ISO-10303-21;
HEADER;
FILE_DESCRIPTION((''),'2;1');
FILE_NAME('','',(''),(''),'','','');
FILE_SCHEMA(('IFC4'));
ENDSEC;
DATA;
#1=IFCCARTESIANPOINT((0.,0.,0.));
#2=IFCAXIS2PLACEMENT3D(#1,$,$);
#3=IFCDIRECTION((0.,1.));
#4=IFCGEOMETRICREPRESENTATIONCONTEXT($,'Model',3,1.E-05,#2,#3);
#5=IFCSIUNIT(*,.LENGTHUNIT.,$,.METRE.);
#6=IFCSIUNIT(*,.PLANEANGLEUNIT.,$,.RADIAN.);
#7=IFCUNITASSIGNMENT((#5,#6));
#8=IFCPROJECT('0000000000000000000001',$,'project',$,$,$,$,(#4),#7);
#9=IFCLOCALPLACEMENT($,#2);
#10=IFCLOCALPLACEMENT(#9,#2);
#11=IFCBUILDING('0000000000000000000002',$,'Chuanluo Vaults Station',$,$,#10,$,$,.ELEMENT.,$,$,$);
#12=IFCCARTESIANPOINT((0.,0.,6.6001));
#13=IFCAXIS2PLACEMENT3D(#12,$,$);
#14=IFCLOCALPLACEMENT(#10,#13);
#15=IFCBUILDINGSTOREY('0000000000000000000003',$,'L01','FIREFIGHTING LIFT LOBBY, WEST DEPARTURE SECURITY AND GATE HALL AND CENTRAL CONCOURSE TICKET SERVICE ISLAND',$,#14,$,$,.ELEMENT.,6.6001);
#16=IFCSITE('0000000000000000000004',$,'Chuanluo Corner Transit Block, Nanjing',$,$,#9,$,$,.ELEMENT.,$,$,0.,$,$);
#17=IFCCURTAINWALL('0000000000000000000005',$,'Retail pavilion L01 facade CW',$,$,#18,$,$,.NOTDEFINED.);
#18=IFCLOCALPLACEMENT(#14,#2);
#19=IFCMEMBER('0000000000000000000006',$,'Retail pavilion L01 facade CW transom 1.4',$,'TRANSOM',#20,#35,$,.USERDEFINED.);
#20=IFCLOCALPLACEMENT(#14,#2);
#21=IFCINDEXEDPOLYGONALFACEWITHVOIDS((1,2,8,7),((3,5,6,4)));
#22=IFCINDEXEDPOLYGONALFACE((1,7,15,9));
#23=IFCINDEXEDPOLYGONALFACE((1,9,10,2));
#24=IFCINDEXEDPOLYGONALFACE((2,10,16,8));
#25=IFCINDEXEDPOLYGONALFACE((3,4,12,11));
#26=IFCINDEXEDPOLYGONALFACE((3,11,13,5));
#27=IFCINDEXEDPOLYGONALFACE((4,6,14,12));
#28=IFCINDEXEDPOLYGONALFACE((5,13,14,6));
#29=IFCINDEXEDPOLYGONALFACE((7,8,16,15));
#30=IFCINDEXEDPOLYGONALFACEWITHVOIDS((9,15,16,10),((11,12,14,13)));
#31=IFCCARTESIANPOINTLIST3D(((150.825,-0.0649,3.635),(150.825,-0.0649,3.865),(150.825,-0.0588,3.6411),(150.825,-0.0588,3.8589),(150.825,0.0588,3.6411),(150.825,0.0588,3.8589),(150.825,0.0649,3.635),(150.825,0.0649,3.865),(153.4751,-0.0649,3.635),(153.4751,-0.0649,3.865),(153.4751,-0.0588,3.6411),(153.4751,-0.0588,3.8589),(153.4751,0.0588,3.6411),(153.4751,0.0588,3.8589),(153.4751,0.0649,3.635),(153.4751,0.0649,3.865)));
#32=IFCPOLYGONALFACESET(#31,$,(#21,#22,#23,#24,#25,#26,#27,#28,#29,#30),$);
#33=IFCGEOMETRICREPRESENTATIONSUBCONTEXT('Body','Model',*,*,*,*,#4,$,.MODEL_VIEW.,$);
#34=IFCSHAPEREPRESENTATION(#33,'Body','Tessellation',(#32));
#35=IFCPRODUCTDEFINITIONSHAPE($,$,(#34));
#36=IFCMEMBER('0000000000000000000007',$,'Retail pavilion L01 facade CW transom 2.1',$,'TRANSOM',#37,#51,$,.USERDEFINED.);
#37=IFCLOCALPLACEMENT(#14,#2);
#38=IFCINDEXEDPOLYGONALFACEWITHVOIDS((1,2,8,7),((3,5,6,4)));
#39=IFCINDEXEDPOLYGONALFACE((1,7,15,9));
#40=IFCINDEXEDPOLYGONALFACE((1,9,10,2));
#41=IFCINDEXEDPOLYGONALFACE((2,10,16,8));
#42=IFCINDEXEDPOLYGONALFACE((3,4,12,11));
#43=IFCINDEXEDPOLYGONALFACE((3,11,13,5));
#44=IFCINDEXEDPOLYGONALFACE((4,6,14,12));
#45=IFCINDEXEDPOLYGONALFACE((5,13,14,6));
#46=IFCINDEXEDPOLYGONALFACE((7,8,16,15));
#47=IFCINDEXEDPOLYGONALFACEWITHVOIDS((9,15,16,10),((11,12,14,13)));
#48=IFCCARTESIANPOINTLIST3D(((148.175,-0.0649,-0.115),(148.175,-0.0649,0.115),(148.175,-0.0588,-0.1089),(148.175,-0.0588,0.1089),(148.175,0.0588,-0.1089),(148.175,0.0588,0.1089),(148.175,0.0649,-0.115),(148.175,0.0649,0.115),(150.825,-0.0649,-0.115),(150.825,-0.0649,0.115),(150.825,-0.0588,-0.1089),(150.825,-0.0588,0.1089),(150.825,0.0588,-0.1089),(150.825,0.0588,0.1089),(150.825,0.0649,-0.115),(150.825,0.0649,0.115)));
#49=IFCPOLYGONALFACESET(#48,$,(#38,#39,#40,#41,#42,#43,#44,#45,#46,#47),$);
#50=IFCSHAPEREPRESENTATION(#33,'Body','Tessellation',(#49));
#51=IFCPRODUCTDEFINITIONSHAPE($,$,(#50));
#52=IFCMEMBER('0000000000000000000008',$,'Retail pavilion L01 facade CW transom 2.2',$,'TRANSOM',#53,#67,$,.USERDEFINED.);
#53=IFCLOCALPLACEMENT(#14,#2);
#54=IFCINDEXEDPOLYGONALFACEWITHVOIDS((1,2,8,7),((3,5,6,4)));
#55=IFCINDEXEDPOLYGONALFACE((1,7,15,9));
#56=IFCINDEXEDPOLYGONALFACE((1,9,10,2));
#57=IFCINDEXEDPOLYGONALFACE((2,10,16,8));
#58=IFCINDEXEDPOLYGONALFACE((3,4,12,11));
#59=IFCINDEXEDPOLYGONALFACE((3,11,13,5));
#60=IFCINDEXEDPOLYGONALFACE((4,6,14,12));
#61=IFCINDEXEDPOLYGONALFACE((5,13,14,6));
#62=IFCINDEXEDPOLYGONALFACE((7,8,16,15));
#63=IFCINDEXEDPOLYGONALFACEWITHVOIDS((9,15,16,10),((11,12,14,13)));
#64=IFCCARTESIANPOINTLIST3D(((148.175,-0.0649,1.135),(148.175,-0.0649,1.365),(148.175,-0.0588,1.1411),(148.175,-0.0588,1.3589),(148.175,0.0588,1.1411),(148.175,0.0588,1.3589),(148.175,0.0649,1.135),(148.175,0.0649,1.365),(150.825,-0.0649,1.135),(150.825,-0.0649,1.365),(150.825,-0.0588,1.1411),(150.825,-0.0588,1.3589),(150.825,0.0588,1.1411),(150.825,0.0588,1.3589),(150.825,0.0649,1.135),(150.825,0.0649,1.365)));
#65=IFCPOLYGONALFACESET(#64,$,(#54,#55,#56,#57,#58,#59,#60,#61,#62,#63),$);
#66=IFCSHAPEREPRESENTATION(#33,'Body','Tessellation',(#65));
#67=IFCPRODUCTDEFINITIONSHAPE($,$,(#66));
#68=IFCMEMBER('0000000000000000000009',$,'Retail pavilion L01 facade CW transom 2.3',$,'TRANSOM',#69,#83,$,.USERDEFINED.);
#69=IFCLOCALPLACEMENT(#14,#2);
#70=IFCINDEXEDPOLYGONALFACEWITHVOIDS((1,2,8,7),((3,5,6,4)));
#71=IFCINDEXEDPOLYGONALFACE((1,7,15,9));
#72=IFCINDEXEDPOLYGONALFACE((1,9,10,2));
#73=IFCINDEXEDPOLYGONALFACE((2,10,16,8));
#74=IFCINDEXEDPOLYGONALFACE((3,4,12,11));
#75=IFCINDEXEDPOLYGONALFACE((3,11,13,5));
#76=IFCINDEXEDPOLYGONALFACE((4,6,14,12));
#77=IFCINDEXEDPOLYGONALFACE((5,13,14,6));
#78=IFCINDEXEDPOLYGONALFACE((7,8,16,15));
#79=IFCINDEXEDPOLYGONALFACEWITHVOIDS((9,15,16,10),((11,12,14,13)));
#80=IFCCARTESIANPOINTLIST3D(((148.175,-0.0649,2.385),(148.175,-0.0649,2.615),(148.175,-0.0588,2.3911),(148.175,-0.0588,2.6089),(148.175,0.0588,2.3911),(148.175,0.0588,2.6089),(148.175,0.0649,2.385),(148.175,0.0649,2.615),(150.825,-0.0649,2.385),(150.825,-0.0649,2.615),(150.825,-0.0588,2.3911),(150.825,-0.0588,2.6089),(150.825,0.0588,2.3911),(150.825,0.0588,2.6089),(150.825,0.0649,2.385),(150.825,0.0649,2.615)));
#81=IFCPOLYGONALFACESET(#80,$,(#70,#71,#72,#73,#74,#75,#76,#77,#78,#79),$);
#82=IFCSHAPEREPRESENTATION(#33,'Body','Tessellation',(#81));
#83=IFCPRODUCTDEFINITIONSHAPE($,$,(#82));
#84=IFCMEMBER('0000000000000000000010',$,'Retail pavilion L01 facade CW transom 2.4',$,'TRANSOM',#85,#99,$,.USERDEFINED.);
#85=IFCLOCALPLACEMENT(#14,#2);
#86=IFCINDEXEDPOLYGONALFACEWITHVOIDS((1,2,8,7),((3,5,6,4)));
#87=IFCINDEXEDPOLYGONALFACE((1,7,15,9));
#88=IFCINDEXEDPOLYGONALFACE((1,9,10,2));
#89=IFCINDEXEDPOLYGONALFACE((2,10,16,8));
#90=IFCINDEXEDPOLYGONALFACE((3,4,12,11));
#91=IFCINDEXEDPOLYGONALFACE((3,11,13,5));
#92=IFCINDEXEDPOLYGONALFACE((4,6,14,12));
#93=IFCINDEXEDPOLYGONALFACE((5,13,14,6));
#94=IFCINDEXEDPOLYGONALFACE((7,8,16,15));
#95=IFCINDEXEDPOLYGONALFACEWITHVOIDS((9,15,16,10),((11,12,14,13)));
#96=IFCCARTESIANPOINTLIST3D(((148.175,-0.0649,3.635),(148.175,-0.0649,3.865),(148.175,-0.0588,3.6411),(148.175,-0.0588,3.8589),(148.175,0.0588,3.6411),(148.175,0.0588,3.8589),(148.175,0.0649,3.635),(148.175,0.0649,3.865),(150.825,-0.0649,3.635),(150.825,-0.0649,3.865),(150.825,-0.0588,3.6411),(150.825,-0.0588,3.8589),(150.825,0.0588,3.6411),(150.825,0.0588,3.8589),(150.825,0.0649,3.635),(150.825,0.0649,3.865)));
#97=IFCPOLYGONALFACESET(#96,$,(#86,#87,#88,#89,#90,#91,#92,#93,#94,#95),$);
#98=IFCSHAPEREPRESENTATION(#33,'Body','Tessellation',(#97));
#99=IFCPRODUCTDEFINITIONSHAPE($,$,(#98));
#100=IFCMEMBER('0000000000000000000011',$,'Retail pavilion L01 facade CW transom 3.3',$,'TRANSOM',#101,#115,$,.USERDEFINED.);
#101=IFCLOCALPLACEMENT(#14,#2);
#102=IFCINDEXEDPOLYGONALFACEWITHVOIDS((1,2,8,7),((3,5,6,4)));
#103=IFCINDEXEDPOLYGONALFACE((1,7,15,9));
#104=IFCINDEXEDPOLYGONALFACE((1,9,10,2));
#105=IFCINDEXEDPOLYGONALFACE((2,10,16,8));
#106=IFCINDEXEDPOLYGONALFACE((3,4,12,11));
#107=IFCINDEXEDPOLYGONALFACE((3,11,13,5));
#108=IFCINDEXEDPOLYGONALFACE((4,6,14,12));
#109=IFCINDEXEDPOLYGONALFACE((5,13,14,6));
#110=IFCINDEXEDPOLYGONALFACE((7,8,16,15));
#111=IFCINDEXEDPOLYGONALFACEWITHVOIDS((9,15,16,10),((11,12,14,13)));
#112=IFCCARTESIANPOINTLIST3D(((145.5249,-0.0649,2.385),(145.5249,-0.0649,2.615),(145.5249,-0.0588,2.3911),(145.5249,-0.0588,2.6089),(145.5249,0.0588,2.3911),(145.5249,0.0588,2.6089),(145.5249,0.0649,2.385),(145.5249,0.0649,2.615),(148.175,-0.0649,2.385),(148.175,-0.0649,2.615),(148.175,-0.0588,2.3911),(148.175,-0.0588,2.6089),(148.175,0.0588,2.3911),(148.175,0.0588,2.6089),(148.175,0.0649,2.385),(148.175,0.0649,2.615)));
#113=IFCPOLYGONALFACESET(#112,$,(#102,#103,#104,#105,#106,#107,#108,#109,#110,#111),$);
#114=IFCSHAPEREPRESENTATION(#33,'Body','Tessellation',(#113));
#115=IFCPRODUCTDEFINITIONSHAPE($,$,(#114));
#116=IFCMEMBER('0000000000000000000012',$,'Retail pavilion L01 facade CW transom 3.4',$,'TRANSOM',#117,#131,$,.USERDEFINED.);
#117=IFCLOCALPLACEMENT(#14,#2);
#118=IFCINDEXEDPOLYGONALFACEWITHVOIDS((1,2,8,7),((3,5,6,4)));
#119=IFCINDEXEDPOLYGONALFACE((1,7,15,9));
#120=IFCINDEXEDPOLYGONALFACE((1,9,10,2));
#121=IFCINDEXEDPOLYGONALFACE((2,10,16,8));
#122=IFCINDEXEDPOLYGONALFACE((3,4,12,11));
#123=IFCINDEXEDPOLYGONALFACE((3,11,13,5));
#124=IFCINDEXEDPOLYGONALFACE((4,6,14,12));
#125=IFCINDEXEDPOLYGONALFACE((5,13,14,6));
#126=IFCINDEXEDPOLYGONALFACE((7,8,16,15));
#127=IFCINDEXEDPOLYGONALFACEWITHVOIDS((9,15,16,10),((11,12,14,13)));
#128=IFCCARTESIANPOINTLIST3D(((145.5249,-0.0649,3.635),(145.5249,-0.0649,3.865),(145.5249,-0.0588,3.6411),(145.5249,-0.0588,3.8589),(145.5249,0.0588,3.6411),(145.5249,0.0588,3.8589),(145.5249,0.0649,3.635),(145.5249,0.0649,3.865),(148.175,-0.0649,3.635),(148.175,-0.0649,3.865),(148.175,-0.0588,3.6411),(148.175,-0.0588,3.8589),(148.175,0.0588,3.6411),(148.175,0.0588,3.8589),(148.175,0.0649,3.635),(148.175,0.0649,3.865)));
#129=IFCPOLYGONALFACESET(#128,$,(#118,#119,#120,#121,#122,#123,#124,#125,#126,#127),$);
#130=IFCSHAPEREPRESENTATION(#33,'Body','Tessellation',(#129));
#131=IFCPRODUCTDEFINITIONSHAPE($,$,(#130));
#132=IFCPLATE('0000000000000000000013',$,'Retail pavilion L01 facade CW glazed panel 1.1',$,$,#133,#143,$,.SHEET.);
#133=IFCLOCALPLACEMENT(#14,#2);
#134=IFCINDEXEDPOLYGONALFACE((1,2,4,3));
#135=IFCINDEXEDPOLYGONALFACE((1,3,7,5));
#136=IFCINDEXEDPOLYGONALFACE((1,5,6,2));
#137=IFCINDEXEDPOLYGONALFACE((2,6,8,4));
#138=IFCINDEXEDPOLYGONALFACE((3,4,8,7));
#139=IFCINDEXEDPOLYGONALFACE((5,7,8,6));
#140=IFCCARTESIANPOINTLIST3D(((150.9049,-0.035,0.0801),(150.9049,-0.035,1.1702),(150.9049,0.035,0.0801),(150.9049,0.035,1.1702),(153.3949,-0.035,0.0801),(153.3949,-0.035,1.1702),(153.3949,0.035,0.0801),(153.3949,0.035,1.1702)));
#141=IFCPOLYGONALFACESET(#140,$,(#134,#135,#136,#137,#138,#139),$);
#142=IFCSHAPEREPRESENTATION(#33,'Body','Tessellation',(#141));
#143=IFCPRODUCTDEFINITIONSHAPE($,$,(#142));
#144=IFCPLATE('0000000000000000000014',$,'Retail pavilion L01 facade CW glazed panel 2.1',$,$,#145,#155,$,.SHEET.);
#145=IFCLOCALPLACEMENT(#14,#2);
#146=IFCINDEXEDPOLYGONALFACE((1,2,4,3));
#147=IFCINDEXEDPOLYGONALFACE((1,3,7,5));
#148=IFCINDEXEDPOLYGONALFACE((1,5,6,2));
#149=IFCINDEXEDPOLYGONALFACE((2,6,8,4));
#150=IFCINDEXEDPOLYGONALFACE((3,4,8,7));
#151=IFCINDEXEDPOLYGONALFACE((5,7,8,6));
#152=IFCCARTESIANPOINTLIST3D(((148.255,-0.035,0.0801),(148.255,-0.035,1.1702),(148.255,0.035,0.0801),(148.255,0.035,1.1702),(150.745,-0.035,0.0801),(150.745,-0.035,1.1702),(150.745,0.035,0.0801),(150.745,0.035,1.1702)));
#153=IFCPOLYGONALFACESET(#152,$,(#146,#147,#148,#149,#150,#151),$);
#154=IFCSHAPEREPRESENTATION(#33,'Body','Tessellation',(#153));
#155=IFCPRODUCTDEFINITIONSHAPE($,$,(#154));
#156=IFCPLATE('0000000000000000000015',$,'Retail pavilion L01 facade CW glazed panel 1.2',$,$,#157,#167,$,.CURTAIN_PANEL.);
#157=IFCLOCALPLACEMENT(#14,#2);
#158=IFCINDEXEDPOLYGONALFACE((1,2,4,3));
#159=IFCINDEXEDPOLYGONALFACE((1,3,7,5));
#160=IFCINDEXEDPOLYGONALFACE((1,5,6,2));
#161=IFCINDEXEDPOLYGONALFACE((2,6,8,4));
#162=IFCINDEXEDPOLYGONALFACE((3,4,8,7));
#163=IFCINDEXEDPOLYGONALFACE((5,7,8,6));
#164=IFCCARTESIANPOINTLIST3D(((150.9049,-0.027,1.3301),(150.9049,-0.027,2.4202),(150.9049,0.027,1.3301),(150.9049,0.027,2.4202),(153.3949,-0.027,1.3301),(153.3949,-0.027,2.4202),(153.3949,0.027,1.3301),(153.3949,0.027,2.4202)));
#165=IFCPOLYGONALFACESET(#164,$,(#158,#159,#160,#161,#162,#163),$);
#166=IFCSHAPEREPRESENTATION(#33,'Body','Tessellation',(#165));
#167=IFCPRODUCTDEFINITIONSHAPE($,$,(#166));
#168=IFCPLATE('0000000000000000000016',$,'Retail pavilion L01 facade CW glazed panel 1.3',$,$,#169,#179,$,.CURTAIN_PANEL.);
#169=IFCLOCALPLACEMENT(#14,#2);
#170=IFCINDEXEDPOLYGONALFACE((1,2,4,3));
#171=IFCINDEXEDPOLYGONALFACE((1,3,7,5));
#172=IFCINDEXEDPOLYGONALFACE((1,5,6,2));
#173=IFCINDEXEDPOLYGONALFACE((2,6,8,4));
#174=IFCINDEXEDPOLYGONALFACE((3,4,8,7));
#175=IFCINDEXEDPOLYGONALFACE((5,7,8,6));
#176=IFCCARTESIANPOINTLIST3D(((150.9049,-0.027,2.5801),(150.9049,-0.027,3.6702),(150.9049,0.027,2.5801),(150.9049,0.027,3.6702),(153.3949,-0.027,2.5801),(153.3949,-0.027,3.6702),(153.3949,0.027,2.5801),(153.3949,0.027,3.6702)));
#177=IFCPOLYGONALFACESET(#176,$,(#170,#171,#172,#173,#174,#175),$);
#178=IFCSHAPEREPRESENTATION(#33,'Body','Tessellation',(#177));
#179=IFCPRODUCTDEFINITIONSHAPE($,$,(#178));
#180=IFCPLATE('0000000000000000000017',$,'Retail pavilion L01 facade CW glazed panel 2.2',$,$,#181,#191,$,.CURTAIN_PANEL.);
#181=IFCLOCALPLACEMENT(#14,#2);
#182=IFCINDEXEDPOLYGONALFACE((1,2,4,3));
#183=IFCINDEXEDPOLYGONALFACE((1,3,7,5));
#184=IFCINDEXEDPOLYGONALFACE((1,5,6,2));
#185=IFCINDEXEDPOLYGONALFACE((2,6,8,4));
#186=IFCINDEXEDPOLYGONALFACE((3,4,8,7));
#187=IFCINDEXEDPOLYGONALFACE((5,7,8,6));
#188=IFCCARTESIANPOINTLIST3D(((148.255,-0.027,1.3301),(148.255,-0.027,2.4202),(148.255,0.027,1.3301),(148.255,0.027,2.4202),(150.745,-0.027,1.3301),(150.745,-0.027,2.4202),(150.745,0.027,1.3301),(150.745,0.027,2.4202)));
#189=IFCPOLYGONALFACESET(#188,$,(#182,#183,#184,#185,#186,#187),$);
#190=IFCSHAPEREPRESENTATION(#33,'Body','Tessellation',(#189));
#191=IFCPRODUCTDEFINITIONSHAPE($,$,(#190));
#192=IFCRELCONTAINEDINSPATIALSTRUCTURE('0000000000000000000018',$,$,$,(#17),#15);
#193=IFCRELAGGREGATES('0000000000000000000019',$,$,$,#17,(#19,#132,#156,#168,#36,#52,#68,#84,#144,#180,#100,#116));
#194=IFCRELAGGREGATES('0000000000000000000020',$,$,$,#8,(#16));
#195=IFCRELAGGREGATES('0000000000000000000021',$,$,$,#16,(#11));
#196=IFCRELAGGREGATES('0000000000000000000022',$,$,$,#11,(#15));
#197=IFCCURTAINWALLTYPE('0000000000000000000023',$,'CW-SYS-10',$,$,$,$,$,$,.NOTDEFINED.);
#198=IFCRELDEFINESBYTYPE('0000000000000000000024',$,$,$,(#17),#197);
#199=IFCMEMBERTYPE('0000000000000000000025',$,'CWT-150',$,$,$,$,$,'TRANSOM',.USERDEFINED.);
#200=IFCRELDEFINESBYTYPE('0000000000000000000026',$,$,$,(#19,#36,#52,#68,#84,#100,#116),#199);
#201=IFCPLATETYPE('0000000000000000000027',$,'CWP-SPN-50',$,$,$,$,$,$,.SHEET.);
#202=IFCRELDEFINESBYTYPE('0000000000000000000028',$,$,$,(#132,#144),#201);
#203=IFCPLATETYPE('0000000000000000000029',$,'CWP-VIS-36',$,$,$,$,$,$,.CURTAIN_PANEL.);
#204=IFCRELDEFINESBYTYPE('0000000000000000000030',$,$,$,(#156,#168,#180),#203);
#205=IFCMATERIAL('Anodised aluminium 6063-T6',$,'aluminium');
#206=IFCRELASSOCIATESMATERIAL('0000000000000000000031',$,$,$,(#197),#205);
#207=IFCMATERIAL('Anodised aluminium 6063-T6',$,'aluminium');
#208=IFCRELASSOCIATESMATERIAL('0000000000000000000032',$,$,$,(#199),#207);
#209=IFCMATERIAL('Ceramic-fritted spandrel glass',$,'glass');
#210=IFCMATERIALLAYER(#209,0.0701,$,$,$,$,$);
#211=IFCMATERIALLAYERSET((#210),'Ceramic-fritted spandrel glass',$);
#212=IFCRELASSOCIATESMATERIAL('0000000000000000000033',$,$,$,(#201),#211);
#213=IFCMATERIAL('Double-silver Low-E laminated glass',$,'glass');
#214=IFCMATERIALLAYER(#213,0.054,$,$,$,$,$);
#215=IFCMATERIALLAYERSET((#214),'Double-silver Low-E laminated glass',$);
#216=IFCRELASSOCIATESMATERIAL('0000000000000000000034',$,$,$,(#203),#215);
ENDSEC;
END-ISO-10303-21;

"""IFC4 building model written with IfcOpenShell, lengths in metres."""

from ifc_helpers import new_model, si_unit, direction, frame, origin, origin_2d, place, context, subcontext, project, spatial, rectangle, hollow_rectangle, extrude, material, layer, layer_set, material_profile, profile_set, type_object, element, aggregate, save


model = new_model("IFC4")

# Units and contexts
model_context = context("Model", 3, precision=1e-05, world=origin(), true_north=direction((0.0, 1.0)))
body_context = subcontext(model_context, "Body", "Model", "MODEL_VIEW")
ifc_project = project(units=[si_unit("LENGTHUNIT", "METRE"), si_unit("PLANEANGLEUNIT", "RADIAN")], contexts=[model_context])

# Site, building, storey
site_placement = place(None, origin())
site = spatial("IfcSite", under=ifc_project, at=site_placement, Name="Chuanluo Corner Transit Block, Nanjing", CompositionType="ELEMENT", RefElevation=0.0)
building_placement = place(site_placement, origin())
building = spatial("IfcBuilding", under=site, at=building_placement, Name="Chuanluo Vaults Station", CompositionType="ELEMENT")
storey_placement = place(building_placement, frame((0.0, 0.0, 6.6001)))
storey = spatial("IfcBuildingStorey", under=building, at=storey_placement, Name="L01", Description="FIREFIGHTING LIFT LOBBY, WEST DEPARTURE SECURITY AND GATE HALL AND CENTRAL CONCOURSE TICKET SERVICE ISLAND", CompositionType="ELEMENT", Elevation=6.6001)

# Curtain wall, members, plates
ifc_material_1 = material(Name="Anodised aluminium 6063-T6", Category="aluminium")
curtain_wall_type = type_object("IfcCurtainWallType", Name="CW-SYS-10", PredefinedType="NOTDEFINED", material=ifc_material_1)
curtain_wall_placement = place(storey_placement, origin())
curtain_wall = element("IfcCurtainWall", 1, at=curtain_wall_placement, inside=storey, type_object=curtain_wall_type, Name="Retail pavilion L01 facade CW", PredefinedType="NOTDEFINED")
ifc_material_2 = material(Name="Anodised aluminium 6063-T6", Category="aluminium")
ifc_material_profile_1 = material_profile(ifc_material_2, hollow_rectangle(XDim=0.1299, YDim=0.23, WallThickness=0.0061, at=origin_2d()))
ifc_profile_set_1 = profile_set([ifc_material_profile_1], Name="Anodised aluminium 6063-T6")
member_type_1 = type_object("IfcMemberType", Name="CWT-150", ElementType="TRANSOM", PredefinedType="USERDEFINED", material=ifc_profile_set_1)
member_1_placement = place(storey_placement, frame((153.4751, 0.0, 3.75), z_axis=(-1.0, 0.0, 0.0), x_axis=(0.0, -1.0, 0.0)))
member_1 = element("IfcMember", 2, at=member_1_placement, type_object=member_type_1, Name="Retail pavilion L01 facade CW transom 1.4", ObjectType="TRANSOM", PredefinedType="USERDEFINED", context=body_context, shape_type="SweptSolid", body=[
    extrude(hollow_rectangle(XDim=0.1299, YDim=0.23, WallThickness=0.0061, at=origin_2d()), origin(), (0.0, 0.0, 1.0), 2.6501),
])
member_2_placement = place(storey_placement, frame((150.825, 0.0, 0.0), z_axis=(-1.0, 0.0, 0.0), x_axis=(0.0, -1.0, 0.0)))
member_2 = element("IfcMember", 3, at=member_2_placement, type_object=member_type_1, Name="Retail pavilion L01 facade CW transom 2.1", ObjectType="TRANSOM", PredefinedType="USERDEFINED", context=body_context, shape_type="SweptSolid", body=[
    extrude(hollow_rectangle(XDim=0.1299, YDim=0.23, WallThickness=0.0061, at=origin_2d()), origin(), (0.0, 0.0, 1.0), 2.6499),
])
member_3_placement = place(storey_placement, frame((150.825, 0.0, 1.25), z_axis=(-1.0, 0.0, 0.0), x_axis=(0.0, -1.0, 0.0)))
member_3 = element("IfcMember", 4, at=member_3_placement, type_object=member_type_1, Name="Retail pavilion L01 facade CW transom 2.2", ObjectType="TRANSOM", PredefinedType="USERDEFINED", context=body_context, shape_type="SweptSolid", body=[
    extrude(hollow_rectangle(XDim=0.1299, YDim=0.23, WallThickness=0.0061, at=origin_2d()), origin(), (0.0, 0.0, 1.0), 2.6499),
])
member_4_placement = place(storey_placement, frame((150.825, 0.0, 2.5), z_axis=(-1.0, 0.0, 0.0), x_axis=(0.0, -1.0, 0.0)))
member_4 = element("IfcMember", 5, at=member_4_placement, type_object=member_type_1, Name="Retail pavilion L01 facade CW transom 2.3", ObjectType="TRANSOM", PredefinedType="USERDEFINED", context=body_context, shape_type="SweptSolid", body=[
    extrude(hollow_rectangle(XDim=0.1299, YDim=0.23, WallThickness=0.0061, at=origin_2d()), origin(), (0.0, 0.0, 1.0), 2.6499),
])
member_5_placement = place(storey_placement, frame((150.825, 0.0, 3.75), z_axis=(-1.0, 0.0, 0.0), x_axis=(0.0, -1.0, 0.0)))
member_5 = element("IfcMember", 6, at=member_5_placement, type_object=member_type_1, Name="Retail pavilion L01 facade CW transom 2.4", ObjectType="TRANSOM", PredefinedType="USERDEFINED", context=body_context, shape_type="SweptSolid", body=[
    extrude(hollow_rectangle(XDim=0.1299, YDim=0.23, WallThickness=0.0061, at=origin_2d()), origin(), (0.0, 0.0, 1.0), 2.6499),
])
member_6_placement = place(storey_placement, frame((148.175, 0.0, 2.5), z_axis=(-1.0, 0.0, 0.0), x_axis=(0.0, -1.0, 0.0)))
member_6 = element("IfcMember", 7, at=member_6_placement, type_object=member_type_1, Name="Retail pavilion L01 facade CW transom 3.3", ObjectType="TRANSOM", PredefinedType="USERDEFINED", context=body_context, shape_type="SweptSolid", body=[
    extrude(hollow_rectangle(XDim=0.1299, YDim=0.23, WallThickness=0.0061, at=origin_2d()), origin(), (0.0, 0.0, 1.0), 2.6501),
])
member_7_placement = place(storey_placement, frame((148.175, 0.0, 3.75), z_axis=(-1.0, 0.0, 0.0), x_axis=(0.0, -1.0, 0.0)))
member_7 = element("IfcMember", 8, at=member_7_placement, type_object=member_type_1, Name="Retail pavilion L01 facade CW transom 3.4", ObjectType="TRANSOM", PredefinedType="USERDEFINED", context=body_context, shape_type="SweptSolid", body=[
    extrude(hollow_rectangle(XDim=0.1299, YDim=0.23, WallThickness=0.0061, at=origin_2d()), origin(), (0.0, 0.0, 1.0), 2.6501),
])
ifc_material_3 = material(Name="Ceramic-fritted spandrel glass", Category="glass")
ifc_layer_1 = layer(ifc_material_3, 0.0701)
ifc_layer_set_1 = layer_set([ifc_layer_1], Name="Ceramic-fritted spandrel glass")
plate_type_1 = type_object("IfcPlateType", Name="CWP-SPN-50", PredefinedType="SHEET", material=ifc_layer_set_1)
plate_1_placement = place(storey_placement, frame((152.1499, 0.0, 0.0801), z_axis=(0.0, 0.0, 1.0), x_axis=(-1.0, 0.0, 0.0)))
plate_1 = element("IfcPlate", 9, at=plate_1_placement, type_object=plate_type_1, Name="Retail pavilion L01 facade CW glazed panel 1.1", PredefinedType="SHEET", context=body_context, shape_type="SweptSolid", body=[
    extrude(rectangle(XDim=2.49, YDim=0.0701, at=origin_2d()), origin(), (0.0, 0.0, 1.0), 1.0901),
])
plate_2_placement = place(storey_placement, frame((149.5, 0.0, 0.0801), z_axis=(0.0, 0.0, 1.0), x_axis=(-1.0, 0.0, 0.0)))
plate_2 = element("IfcPlate", 10, at=plate_2_placement, type_object=plate_type_1, Name="Retail pavilion L01 facade CW glazed panel 2.1", PredefinedType="SHEET", context=body_context, shape_type="SweptSolid", body=[
    extrude(rectangle(XDim=2.49, YDim=0.0701, at=origin_2d()), origin(), (0.0, 0.0, 1.0), 1.0901),
])
ifc_material_4 = material(Name="Double-silver Low-E laminated glass", Category="glass")
ifc_layer_2 = layer(ifc_material_4, 0.054)
ifc_layer_set_2 = layer_set([ifc_layer_2], Name="Double-silver Low-E laminated glass")
plate_type_2 = type_object("IfcPlateType", Name="CWP-VIS-36", PredefinedType="CURTAIN_PANEL", material=ifc_layer_set_2)
plate_3_placement = place(storey_placement, frame((152.1499, 0.0, 1.3301), z_axis=(0.0, 0.0, 1.0), x_axis=(-1.0, 0.0, 0.0)))
plate_3 = element("IfcPlate", 11, at=plate_3_placement, type_object=plate_type_2, Name="Retail pavilion L01 facade CW glazed panel 1.2", PredefinedType="CURTAIN_PANEL", context=body_context, shape_type="SweptSolid", body=[
    extrude(rectangle(XDim=2.49, YDim=0.054, at=origin_2d()), origin(), (0.0, 0.0, 1.0), 1.0901),
])
plate_4_placement = place(storey_placement, frame((152.1499, 0.0, 2.5801), z_axis=(0.0, 0.0, 1.0), x_axis=(-1.0, 0.0, 0.0)))
plate_4 = element("IfcPlate", 12, at=plate_4_placement, type_object=plate_type_2, Name="Retail pavilion L01 facade CW glazed panel 1.3", PredefinedType="CURTAIN_PANEL", context=body_context, shape_type="SweptSolid", body=[
    extrude(rectangle(XDim=2.49, YDim=0.054, at=origin_2d()), origin(), (0.0, 0.0, 1.0), 1.0901),
])
plate_5_placement = place(storey_placement, frame((149.5, 0.0, 1.3301), z_axis=(0.0, 0.0, 1.0), x_axis=(-1.0, 0.0, 0.0)))
plate_5 = element("IfcPlate", 13, at=plate_5_placement, type_object=plate_type_2, Name="Retail pavilion L01 facade CW glazed panel 2.2", PredefinedType="CURTAIN_PANEL", context=body_context, shape_type="SweptSolid", body=[
    extrude(rectangle(XDim=2.49, YDim=0.054, at=origin_2d()), origin(), (0.0, 0.0, 1.0), 1.0901),
])
aggregate(curtain_wall, [member_1, plate_1, plate_3, plate_4, member_2, member_3, member_4, member_5, plate_2, plate_5, member_6, member_7])

save(model, "model.ifc")
